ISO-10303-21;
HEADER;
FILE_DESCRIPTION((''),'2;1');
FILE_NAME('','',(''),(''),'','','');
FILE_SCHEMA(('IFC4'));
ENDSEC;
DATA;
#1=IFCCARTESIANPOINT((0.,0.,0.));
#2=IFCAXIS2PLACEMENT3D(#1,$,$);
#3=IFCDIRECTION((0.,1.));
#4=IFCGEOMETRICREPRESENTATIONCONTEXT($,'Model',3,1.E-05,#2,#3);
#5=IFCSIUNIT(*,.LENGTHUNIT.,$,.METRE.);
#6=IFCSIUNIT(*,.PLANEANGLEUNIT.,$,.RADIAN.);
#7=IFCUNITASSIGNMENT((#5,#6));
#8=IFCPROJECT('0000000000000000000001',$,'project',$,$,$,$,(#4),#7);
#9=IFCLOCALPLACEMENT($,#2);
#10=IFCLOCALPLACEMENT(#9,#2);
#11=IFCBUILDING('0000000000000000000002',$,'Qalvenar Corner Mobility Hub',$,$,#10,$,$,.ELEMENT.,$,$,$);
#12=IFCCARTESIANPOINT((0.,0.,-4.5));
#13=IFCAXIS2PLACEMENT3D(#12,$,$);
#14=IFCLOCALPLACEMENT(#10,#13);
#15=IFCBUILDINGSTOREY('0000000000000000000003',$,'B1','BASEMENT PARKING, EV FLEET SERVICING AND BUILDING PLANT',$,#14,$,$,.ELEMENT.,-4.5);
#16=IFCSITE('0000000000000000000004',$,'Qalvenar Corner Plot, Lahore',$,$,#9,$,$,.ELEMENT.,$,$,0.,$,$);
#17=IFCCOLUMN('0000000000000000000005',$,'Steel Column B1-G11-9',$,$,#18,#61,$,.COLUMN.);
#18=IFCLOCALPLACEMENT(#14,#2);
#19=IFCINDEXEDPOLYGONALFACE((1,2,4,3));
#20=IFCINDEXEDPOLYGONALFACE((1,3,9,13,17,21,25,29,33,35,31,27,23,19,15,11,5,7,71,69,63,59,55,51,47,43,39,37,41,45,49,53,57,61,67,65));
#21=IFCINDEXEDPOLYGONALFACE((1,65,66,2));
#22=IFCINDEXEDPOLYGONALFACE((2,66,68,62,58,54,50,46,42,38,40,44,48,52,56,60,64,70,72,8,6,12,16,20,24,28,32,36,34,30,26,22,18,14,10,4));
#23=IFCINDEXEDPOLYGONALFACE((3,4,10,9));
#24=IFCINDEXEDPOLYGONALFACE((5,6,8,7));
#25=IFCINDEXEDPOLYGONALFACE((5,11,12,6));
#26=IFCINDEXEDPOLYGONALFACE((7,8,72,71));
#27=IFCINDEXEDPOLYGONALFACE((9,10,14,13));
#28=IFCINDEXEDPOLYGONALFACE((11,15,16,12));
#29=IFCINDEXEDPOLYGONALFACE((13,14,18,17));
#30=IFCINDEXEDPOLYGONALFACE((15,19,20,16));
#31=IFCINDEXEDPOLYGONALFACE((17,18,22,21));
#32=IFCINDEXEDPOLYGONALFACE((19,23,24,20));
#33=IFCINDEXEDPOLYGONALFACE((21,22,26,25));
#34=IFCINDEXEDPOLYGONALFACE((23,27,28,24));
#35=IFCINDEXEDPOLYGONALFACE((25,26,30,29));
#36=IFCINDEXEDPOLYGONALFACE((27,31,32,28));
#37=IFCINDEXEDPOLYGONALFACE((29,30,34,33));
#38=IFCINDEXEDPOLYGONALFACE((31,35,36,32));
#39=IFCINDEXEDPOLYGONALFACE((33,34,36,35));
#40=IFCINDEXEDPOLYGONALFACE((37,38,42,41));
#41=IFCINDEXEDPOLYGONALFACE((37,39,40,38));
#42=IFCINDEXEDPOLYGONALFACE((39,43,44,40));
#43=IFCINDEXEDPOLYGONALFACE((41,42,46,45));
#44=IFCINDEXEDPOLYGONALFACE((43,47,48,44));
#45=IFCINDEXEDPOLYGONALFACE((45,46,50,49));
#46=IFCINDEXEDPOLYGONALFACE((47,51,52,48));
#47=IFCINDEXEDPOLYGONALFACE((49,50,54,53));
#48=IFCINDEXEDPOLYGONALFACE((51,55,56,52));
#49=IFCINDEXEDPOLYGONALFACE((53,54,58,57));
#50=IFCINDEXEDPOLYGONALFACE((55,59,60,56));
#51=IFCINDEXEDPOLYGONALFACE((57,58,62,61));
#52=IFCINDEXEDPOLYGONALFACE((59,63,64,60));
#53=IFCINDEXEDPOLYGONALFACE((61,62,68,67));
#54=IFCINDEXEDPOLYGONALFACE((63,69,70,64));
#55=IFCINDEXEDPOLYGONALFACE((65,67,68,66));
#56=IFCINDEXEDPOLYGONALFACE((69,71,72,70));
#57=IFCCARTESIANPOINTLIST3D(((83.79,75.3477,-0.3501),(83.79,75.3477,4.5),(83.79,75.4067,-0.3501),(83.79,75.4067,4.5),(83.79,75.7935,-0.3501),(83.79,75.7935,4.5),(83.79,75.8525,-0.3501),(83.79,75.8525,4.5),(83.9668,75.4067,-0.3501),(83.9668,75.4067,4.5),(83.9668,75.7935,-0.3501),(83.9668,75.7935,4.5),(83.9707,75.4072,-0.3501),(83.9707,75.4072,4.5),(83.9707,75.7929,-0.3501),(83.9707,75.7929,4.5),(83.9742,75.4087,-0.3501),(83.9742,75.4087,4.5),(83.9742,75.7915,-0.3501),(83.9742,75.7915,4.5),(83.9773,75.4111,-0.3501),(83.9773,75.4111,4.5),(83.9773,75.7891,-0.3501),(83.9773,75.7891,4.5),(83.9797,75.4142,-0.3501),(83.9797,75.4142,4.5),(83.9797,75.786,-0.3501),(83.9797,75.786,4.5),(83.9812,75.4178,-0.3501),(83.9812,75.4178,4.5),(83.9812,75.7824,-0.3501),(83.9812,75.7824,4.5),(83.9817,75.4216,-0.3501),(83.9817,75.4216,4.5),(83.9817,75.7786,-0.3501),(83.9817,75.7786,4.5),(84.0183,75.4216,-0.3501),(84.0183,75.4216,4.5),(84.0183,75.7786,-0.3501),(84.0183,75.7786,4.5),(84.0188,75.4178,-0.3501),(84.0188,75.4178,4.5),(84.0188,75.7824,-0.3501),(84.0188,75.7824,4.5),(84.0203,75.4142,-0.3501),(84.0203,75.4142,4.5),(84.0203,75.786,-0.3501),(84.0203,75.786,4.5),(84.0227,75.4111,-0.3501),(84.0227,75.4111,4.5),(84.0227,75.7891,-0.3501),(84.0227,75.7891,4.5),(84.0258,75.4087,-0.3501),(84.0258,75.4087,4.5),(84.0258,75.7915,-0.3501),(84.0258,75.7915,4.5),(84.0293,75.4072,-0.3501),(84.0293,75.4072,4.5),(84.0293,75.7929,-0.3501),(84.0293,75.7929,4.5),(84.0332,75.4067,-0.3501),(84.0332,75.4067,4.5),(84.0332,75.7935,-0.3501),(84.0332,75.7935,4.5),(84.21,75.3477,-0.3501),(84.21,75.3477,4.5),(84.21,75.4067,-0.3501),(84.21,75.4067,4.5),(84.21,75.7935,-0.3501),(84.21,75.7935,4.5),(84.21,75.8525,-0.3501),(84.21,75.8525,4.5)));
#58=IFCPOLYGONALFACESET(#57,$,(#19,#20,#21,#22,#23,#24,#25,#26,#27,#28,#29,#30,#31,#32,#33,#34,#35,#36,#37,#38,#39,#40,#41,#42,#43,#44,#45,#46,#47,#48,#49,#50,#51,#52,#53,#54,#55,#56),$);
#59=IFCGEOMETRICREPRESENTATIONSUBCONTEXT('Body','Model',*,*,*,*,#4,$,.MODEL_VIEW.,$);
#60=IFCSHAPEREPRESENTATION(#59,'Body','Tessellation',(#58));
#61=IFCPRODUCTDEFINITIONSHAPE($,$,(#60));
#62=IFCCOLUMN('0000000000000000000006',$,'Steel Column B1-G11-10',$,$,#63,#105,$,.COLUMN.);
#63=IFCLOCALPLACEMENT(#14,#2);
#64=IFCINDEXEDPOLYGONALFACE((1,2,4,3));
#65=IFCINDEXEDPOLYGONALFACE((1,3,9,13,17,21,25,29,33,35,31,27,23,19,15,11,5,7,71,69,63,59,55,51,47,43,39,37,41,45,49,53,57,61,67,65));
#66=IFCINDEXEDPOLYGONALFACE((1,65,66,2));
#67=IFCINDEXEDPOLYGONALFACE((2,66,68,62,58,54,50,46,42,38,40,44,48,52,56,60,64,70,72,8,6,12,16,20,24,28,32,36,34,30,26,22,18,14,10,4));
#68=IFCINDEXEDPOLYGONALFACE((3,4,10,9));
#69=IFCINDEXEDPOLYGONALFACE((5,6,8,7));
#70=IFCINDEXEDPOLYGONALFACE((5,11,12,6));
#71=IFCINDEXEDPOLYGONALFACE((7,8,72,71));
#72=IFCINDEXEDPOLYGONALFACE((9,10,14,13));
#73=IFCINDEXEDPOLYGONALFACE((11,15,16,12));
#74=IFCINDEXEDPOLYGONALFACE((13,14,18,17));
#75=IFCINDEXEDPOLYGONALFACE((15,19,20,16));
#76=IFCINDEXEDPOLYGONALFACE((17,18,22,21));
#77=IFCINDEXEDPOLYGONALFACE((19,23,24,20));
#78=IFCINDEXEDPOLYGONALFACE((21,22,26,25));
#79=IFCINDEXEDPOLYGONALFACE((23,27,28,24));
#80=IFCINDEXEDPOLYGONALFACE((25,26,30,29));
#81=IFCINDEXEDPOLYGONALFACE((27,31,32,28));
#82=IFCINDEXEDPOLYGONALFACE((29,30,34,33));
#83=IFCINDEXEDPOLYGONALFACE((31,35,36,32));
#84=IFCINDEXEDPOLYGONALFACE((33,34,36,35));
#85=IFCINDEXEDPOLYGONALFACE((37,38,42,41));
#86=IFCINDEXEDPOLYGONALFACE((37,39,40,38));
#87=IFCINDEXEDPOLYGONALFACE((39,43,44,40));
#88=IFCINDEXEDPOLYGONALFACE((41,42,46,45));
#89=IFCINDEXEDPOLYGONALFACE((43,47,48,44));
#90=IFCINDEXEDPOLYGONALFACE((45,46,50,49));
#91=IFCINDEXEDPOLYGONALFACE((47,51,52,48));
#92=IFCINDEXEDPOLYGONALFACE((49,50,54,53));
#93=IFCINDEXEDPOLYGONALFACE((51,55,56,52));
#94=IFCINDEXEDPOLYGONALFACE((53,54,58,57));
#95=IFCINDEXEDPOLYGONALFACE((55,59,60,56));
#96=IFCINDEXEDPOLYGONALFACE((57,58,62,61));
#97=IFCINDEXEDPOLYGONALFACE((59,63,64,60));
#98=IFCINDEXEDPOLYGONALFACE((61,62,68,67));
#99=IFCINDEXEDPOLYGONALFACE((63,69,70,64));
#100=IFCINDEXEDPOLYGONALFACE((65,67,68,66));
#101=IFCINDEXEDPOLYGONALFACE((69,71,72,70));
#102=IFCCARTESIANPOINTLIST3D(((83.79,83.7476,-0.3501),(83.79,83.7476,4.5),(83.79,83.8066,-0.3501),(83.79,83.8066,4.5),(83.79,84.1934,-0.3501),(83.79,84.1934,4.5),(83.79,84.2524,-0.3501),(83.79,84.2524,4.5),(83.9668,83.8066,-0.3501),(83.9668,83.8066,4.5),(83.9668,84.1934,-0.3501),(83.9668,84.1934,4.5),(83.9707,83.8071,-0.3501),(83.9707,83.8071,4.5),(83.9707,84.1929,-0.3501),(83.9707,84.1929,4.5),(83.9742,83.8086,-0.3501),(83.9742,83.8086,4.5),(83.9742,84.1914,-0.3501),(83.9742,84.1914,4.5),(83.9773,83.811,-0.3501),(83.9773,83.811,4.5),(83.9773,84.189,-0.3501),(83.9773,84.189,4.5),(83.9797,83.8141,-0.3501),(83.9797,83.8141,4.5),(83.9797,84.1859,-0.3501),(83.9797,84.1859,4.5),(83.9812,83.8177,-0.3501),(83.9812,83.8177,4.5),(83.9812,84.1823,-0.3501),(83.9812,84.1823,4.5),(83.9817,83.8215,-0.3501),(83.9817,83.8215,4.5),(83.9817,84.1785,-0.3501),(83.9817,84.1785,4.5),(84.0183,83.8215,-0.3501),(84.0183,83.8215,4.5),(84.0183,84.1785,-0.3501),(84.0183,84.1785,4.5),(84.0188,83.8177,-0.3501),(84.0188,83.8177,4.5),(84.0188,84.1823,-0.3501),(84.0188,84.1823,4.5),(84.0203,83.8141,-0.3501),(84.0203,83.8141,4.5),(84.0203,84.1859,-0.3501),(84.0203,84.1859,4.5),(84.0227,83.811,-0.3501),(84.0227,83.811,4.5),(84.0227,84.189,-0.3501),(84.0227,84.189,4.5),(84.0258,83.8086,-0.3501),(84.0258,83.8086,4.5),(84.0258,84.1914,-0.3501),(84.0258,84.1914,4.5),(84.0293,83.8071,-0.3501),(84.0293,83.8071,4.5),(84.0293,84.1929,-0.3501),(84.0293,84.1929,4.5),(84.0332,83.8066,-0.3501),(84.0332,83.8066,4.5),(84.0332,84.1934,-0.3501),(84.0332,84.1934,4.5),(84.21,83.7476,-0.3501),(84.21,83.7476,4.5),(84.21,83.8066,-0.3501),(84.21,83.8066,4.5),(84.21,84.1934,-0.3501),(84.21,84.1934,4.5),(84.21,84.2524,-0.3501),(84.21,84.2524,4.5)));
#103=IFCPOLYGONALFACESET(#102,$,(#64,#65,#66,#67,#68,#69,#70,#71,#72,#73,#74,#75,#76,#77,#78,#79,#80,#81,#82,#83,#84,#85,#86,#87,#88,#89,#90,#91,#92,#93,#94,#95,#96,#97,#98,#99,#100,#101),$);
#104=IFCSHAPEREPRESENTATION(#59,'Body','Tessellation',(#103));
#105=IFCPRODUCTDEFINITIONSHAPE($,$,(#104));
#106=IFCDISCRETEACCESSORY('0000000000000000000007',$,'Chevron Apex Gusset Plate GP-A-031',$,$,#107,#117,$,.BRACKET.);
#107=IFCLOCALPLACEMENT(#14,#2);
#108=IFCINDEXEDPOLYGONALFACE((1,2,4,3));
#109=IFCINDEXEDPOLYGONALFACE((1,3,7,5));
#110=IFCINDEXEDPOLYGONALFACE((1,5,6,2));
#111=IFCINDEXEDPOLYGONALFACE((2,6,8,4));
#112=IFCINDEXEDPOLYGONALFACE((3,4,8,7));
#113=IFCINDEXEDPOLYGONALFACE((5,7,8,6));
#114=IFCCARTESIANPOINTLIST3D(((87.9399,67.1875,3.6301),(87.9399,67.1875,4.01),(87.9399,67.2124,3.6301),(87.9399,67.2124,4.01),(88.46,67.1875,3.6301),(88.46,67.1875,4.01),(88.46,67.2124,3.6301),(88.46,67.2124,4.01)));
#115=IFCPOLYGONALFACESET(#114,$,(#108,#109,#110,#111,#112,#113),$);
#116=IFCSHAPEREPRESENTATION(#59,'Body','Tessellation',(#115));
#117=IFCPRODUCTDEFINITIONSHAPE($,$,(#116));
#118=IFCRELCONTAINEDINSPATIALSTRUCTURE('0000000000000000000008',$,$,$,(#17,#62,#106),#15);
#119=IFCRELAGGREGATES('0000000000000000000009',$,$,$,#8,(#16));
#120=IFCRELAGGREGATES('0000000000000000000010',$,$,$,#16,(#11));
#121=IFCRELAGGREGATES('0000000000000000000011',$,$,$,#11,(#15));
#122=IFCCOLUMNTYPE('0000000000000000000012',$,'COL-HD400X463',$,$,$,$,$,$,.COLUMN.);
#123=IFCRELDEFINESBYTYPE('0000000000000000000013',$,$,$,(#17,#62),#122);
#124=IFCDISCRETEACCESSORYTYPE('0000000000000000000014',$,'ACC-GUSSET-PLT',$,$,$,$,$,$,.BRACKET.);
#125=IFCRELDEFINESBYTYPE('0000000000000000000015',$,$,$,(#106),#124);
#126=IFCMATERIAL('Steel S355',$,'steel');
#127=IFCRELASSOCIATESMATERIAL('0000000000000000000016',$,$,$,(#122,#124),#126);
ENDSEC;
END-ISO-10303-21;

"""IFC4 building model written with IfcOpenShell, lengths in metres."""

from ifc_helpers import new_model, si_unit, direction, frame, origin, origin_2d, place, context, subcontext, project, spatial, rectangle, i_section, extrude, material, material_profile, profile_set, type_object, element, save


model = new_model("IFC4")

# Units and contexts
model_context = context("Model", 3, precision=1e-05, world=origin(), true_north=direction((0.0, 1.0)))
body_context = subcontext(model_context, "Body", "Model", "MODEL_VIEW")
ifc_project = project(units=[si_unit("LENGTHUNIT", "METRE"), si_unit("PLANEANGLEUNIT", "RADIAN")], contexts=[model_context])

# Site, building, storey
site_placement = place(None, origin())
site = spatial("IfcSite", under=ifc_project, at=site_placement, Name="Qalvenar Corner Plot, Lahore", CompositionType="ELEMENT", RefElevation=0.0)
building_placement = place(site_placement, origin())
building = spatial("IfcBuilding", under=site, at=building_placement, Name="Qalvenar Corner Mobility Hub", CompositionType="ELEMENT")
storey_placement = place(building_placement, frame((0.0, 0.0, -4.5)))
storey = spatial("IfcBuildingStorey", under=building, at=storey_placement, Name="B1", Description="BASEMENT PARKING, EV FLEET SERVICING AND BUILDING PLANT", CompositionType="ELEMENT", Elevation=-4.5)

# Columns
ifc_material_1 = material(Name="Steel S355", Category="steel")
ifc_material_profile_1 = material_profile(ifc_material_1, i_section(OverallWidth=0.4199, OverallDepth=0.5049, WebThickness=0.0366, FlangeThickness=0.0591, FilletRadius=0.0149, at=origin_2d()), Name="HD400x551")
ifc_profile_set_1 = profile_set([ifc_material_profile_1], Name="Steel S355")
column_type_1 = type_object("IfcColumnType", Name="COL-HD400X463", PredefinedType="COLUMN", material=ifc_profile_set_1)
for number, where, z_axis, x_axis, name in (
    (1, (84.0, 75.6001, -0.3501), (0.0, 0.0, 1.0), (1.0, 0.0, 0.0), "Steel Column B1-G11-9"),
    (2, (84.0, 84.0, -0.3501), (0.0, 0.0, 1.0), (1.0, 0.0, 0.0), "Steel Column B1-G11-10"),
):
    element("IfcColumn", number, at=place(storey_placement, frame(where, z_axis=z_axis, x_axis=x_axis)), inside=storey, type_object=column_type_1, Name=name, PredefinedType="COLUMN", context=body_context, shape_type="SweptSolid", body=[
        extrude(i_section(OverallWidth=0.4199, OverallDepth=0.5049, WebThickness=0.0366, FlangeThickness=0.0591, FilletRadius=0.0149, at=origin_2d()), origin(), (0.0, 0.0, 1.0), 4.8501),
    ])

# Discrete accessory
discrete_accessory_type = type_object("IfcDiscreteAccessoryType", Name="ACC-GUSSET-PLT", PredefinedType="BRACKET", material=ifc_material_1)
discrete_accessory_placement = place(storey_placement, frame((88.2, 67.2, 3.6301), z_axis=(0.0, 0.0, 1.0), x_axis=(1.0, 0.0, 0.0)))
element("IfcDiscreteAccessory", 3, at=discrete_accessory_placement, inside=storey, type_object=discrete_accessory_type, Name="Chevron Apex Gusset Plate GP-A-031", PredefinedType="BRACKET", context=body_context, shape_type="SweptSolid", body=[
    extrude(rectangle(XDim=0.52, YDim=0.0249, at=origin_2d()), origin(), (0.0, 0.0, 1.0), 0.3799),
])

save(model, "model.ifc")
